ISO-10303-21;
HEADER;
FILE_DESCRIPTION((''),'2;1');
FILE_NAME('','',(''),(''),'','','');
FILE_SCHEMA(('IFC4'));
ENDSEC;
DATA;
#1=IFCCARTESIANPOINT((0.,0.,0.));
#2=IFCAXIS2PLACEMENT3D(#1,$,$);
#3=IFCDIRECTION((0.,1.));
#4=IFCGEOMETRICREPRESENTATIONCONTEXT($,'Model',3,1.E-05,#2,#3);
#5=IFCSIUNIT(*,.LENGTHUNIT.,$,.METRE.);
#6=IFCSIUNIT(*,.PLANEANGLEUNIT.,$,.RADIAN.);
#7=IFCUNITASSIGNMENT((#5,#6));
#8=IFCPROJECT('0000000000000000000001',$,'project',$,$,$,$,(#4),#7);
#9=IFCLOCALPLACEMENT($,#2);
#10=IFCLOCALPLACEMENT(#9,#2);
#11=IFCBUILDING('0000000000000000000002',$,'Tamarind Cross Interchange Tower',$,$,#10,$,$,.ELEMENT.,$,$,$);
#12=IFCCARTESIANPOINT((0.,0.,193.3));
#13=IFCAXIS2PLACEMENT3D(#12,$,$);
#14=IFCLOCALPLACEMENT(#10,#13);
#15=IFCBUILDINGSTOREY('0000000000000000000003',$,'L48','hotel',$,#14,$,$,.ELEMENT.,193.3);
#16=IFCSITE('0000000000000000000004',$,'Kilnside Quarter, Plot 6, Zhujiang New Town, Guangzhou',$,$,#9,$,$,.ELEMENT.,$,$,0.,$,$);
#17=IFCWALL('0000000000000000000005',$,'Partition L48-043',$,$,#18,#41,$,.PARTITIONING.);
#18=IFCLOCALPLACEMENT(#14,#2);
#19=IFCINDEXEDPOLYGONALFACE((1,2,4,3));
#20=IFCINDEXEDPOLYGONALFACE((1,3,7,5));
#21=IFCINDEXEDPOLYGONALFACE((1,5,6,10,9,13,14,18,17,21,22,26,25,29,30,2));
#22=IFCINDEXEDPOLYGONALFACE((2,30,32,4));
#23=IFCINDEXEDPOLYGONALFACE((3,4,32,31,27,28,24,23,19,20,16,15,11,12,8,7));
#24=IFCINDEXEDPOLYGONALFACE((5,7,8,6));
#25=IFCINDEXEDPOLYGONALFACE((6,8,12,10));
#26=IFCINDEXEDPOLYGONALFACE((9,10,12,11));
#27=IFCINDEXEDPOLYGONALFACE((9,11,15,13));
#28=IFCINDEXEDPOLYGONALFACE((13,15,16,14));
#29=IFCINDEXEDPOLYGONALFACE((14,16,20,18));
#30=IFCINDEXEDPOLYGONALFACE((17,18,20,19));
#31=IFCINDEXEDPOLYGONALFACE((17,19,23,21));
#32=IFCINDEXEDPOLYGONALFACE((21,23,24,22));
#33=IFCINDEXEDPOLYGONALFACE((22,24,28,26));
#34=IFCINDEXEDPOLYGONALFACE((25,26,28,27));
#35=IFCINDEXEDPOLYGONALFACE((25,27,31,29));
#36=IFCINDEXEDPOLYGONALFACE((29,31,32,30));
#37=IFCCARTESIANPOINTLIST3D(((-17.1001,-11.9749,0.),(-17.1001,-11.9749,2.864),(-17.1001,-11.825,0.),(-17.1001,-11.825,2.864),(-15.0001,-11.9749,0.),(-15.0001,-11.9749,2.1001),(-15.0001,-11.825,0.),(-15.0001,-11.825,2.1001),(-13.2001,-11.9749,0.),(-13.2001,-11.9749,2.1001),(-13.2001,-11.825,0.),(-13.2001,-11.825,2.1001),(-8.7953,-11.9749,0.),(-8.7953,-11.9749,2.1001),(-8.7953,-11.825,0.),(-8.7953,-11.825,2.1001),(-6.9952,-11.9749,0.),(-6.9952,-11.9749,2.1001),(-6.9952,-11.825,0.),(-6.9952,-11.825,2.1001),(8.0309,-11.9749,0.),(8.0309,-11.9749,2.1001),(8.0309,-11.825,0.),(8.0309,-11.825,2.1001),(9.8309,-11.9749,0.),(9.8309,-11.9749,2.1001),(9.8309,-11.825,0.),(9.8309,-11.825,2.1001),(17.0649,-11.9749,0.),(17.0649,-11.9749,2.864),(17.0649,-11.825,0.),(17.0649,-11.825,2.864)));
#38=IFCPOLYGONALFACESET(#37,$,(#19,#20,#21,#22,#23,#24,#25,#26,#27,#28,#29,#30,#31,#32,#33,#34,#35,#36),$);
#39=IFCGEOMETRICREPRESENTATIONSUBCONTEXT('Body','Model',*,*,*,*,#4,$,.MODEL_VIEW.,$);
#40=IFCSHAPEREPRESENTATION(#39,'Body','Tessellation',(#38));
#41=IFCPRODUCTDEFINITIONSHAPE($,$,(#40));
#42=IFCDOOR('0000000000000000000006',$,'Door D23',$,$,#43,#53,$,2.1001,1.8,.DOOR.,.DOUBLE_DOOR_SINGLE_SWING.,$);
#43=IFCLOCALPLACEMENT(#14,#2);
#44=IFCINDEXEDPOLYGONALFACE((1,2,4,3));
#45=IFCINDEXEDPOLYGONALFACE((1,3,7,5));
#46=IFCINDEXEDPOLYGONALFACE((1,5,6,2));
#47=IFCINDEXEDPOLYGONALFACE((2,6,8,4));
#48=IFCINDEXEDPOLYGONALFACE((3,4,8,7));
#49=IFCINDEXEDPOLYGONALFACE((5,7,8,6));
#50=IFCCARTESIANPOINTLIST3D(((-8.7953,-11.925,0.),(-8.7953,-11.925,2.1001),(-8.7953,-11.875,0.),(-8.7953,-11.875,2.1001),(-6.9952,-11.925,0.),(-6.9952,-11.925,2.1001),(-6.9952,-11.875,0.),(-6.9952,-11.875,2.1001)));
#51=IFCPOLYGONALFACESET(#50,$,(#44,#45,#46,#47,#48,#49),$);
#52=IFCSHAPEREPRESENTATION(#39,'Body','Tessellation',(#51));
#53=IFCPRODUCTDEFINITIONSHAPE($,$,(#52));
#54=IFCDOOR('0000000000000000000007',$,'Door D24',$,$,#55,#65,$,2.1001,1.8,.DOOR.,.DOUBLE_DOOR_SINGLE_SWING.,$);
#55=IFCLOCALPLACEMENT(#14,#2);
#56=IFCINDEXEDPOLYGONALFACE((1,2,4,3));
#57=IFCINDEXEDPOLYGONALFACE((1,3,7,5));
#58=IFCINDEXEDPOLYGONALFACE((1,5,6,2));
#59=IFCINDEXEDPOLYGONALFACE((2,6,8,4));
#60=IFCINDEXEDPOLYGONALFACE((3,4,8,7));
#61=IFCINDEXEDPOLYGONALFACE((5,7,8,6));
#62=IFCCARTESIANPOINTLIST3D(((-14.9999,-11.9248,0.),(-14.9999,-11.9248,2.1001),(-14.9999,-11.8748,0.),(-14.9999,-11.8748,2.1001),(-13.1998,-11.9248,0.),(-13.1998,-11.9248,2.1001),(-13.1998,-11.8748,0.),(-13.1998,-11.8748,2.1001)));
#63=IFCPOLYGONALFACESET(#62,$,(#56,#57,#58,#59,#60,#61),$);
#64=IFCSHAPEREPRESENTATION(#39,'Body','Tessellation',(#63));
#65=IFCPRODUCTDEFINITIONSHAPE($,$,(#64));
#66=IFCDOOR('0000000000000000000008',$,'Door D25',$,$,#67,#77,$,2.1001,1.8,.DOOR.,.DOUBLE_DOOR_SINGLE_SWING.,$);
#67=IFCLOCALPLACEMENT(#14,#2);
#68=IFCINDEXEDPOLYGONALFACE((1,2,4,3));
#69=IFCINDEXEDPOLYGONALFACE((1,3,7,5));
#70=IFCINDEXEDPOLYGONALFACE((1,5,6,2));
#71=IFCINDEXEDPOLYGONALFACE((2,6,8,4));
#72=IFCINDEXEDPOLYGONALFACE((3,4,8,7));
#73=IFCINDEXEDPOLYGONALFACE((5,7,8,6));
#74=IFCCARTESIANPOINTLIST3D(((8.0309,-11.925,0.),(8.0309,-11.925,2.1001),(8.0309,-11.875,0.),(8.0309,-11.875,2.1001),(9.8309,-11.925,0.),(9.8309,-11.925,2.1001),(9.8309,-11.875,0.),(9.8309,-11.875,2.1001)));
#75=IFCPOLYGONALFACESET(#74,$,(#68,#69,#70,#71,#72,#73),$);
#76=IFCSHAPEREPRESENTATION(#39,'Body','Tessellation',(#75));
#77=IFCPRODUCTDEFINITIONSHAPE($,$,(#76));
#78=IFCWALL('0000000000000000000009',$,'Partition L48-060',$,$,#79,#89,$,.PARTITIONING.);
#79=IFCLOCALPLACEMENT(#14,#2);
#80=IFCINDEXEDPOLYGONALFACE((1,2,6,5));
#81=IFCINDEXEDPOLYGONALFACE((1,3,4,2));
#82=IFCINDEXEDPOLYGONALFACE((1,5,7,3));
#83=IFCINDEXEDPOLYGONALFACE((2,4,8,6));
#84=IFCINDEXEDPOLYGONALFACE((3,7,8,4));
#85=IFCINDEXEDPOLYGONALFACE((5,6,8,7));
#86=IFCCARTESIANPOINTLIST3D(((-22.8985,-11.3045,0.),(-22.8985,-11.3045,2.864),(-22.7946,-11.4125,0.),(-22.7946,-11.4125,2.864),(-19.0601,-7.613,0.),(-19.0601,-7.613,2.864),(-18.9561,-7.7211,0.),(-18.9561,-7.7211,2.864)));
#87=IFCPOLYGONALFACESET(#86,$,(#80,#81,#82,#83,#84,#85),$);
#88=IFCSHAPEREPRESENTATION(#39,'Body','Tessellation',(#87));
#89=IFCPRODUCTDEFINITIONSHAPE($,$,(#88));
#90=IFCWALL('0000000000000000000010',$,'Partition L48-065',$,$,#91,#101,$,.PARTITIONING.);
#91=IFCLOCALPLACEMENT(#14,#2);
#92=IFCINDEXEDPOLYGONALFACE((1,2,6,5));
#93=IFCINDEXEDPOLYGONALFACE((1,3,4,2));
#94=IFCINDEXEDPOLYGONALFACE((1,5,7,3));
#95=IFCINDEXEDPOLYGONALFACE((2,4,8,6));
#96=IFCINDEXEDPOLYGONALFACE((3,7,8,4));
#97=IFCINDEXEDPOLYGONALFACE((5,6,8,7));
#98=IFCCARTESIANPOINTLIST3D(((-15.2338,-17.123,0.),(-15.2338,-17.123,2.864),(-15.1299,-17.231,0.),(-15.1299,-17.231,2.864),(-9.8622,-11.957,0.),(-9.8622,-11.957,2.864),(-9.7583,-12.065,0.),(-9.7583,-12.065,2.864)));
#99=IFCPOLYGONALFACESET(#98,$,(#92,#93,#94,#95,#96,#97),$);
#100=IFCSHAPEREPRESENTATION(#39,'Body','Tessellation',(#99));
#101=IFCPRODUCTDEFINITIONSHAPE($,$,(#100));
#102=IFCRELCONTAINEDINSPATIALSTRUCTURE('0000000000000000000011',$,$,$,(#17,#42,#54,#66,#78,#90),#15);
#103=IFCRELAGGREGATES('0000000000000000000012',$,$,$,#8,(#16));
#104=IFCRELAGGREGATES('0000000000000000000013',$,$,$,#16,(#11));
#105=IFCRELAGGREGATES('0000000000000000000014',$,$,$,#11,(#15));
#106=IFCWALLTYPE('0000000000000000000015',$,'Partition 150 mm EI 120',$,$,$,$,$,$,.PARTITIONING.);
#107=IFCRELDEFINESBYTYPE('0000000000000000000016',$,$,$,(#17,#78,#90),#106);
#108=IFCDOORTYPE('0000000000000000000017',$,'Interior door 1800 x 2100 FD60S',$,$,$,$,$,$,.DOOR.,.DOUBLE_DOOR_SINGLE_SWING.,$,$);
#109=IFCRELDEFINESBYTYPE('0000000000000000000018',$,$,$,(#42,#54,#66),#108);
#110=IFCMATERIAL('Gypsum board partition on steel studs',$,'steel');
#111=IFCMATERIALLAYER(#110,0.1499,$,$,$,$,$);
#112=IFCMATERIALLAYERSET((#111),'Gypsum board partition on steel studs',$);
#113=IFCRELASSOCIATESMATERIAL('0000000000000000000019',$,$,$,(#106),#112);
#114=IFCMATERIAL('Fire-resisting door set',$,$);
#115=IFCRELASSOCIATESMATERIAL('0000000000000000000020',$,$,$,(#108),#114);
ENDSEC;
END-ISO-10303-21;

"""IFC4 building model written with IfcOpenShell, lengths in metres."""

from ifc_helpers import new_model, si_unit, direction, frame, frame_2d, origin, place, context, subcontext, project, spatial, rectangle, extrude, material, layer, layer_set, type_object, element, fill, save


model = new_model("IFC4")

# Units and contexts
model_context = context("Model", 3, precision=1e-05, world=origin(), true_north=direction((0.0, 1.0)))
body_context = subcontext(model_context, "Body", "Model", "MODEL_VIEW")
ifc_project = project(units=[si_unit("LENGTHUNIT", "METRE"), si_unit("PLANEANGLEUNIT", "RADIAN")], contexts=[model_context])

# Site, building, storey
site_placement = place(None, origin())
site = spatial("IfcSite", under=ifc_project, at=site_placement, Name="Kilnside Quarter, Plot 6, Zhujiang New Town, Guangzhou", CompositionType="ELEMENT", RefElevation=0.0)
building_placement = place(site_placement, origin())
building = spatial("IfcBuilding", under=site, at=building_placement, Name="Tamarind Cross Interchange Tower", CompositionType="ELEMENT")
storey_placement = place(building_placement, frame((0.0, 0.0, 193.3)))
storey = spatial("IfcBuildingStorey", under=building, at=storey_placement, Name="L48", Description="hotel", CompositionType="ELEMENT", Elevation=193.3)

# Shared definitions
ifc_material_1 = material(Name="Gypsum board partition on steel studs", Category="steel")
ifc_layer_1 = layer(ifc_material_1, 0.1499)
ifc_layer_set_1 = layer_set([ifc_layer_1], Name="Gypsum board partition on steel studs")
wall_type_1 = type_object("IfcWallType", Name="Partition 150 mm EI 120", PredefinedType="PARTITIONING", material=ifc_layer_set_1)

# Wall, openings, doors
wall_1_placement = place(storey_placement, frame((-17.1001, -11.8999, 0.0), z_axis=(0.0, 0.0, 1.0), x_axis=(1.0, 0.0, 0.0)))
wall_1 = element("IfcWall", 1, at=wall_1_placement, inside=storey, type_object=wall_type_1, Name="Partition L48-043", PredefinedType="PARTITIONING", context=body_context, shape_type="SweptSolid", body=[
    extrude(rectangle(XDim=34.165, YDim=0.1499, at=frame_2d((17.0825, 0.0))), origin(), (0.0, 0.0, 1.0), 2.864),
])
opening_1_placement = place(wall_1_placement, frame((8.3049, 0.0, 0.0)))
opening_1 = element("IfcOpeningElement", 2, at=opening_1_placement, cuts=wall_1, PredefinedType="OPENING", context=body_context, shape_type="SweptSolid", body=[
    extrude(rectangle(XDim=1.8, YDim=2.1001, at=frame_2d((0.8999, 1.05))), frame((0.0, 0.085, 0.0), z_axis=(0.0, -1.0, 0.0), x_axis=(1.0, 0.0, 0.0)), (0.0, 0.0, 1.0), 0.1699),
])
opening_2_placement = place(wall_1_placement, frame((2.1001, 0.0, 0.0)))
opening_2 = element("IfcOpeningElement", 3, at=opening_2_placement, cuts=wall_1, PredefinedType="OPENING", context=body_context, shape_type="SweptSolid", body=[
    extrude(rectangle(XDim=1.8, YDim=2.1001, at=frame_2d((0.8999, 1.05))), frame((0.0, 0.085, 0.0), z_axis=(0.0, -1.0, 0.0), x_axis=(1.0, 0.0, 0.0)), (0.0, 0.0, 1.0), 0.1699),
])
opening_3_placement = place(wall_1_placement, frame((25.1311, 0.0, 0.0)))
opening_3 = element("IfcOpeningElement", 4, at=opening_3_placement, cuts=wall_1, PredefinedType="OPENING", context=body_context, shape_type="SweptSolid", body=[
    extrude(rectangle(XDim=1.8, YDim=2.1001, at=frame_2d((0.8999, 1.05))), frame((0.0, 0.085, 0.0), z_axis=(0.0, -1.0, 0.0), x_axis=(1.0, 0.0, 0.0)), (0.0, 0.0, 1.0), 0.1699),
])
ifc_material_2 = material(Name="Fire-resisting door set")
door_type = type_object("IfcDoorType", Name="Interior door 1800 x 2100 FD60S", OperationType="DOUBLE_DOOR_SINGLE_SWING", PredefinedType="DOOR", material=ifc_material_2)
door_1_placement = place(opening_1_placement, origin())
door_1 = element("IfcDoor", 5, at=door_1_placement, inside=storey, type_object=door_type, Name="Door D23", OperationType="DOUBLE_DOOR_SINGLE_SWING", OverallHeight=2.1001, OverallWidth=1.8, PredefinedType="DOOR", context=body_context, shape_type="SweptSolid", body=[
    extrude(rectangle(XDim=1.8, YDim=2.1001, at=frame_2d((0.8999, 1.05))), frame((0.0, 0.0249, 0.0), z_axis=(0.0, -1.0, 0.0), x_axis=(1.0, 0.0, 0.0)), (0.0, 0.0, 1.0), 0.05),
])
fill(opening_1, door_1)
door_2_placement = place(opening_2_placement, frame((1.8, 0.0, 0.0), z_axis=(0.0, 0.0, 1.0), x_axis=(-1.0, 0.0, 0.0)))
door_2 = element("IfcDoor", 6, at=door_2_placement, inside=storey, type_object=door_type, Name="Door D24", OperationType="DOUBLE_DOOR_SINGLE_SWING", OverallHeight=2.1001, OverallWidth=1.8, PredefinedType="DOOR", context=body_context, shape_type="SweptSolid", body=[
    extrude(rectangle(XDim=1.8, YDim=2.1001, at=frame_2d((0.8999, 1.05))), frame((0.0, 0.0249, 0.0), z_axis=(0.0, -1.0, 0.0), x_axis=(1.0, 0.0, 0.0)), (0.0, 0.0, 1.0), 0.05),
])
fill(opening_2, door_2)
door_3_placement = place(opening_3_placement, origin())
door_3 = element("IfcDoor", 7, at=door_3_placement, inside=storey, type_object=door_type, Name="Door D25", OperationType="DOUBLE_DOOR_SINGLE_SWING", OverallHeight=2.1001, OverallWidth=1.8, PredefinedType="DOOR", context=body_context, shape_type="SweptSolid", body=[
    extrude(rectangle(XDim=1.8, YDim=2.1001, at=frame_2d((0.8999, 1.05))), frame((0.0, 0.0249, 0.0), z_axis=(0.0, -1.0, 0.0), x_axis=(1.0, 0.0, 0.0)), (0.0, 0.0, 1.0), 0.05),
])
fill(opening_3, door_3)

# Walls
wall_2_placement = place(storey_placement, frame((-22.8464, -11.3584, 0.0), z_axis=(0.0, 0.0, 1.0), x_axis=(0.720771, 0.693173, 0.0)))
element("IfcWall", 8, at=wall_2_placement, inside=storey, type_object=wall_type_1, Name="Partition L48-060", PredefinedType="PARTITIONING", context=body_context, shape_type="SweptSolid", body=[
    extrude(rectangle(XDim=5.3254, YDim=0.1499, at=frame_2d((2.6626, 0.0))), origin(), (0.0, 0.0, 1.0), 2.864),
])
wall_3_placement = place(storey_placement, frame((-15.1819, -17.177, 0.0), z_axis=(0.0, 0.0, 1.0), x_axis=(0.720764, 0.693181, 0.0)))
element("IfcWall", 9, at=wall_3_placement, inside=storey, type_object=wall_type_1, Name="Partition L48-065", PredefinedType="PARTITIONING", context=body_context, shape_type="SweptSolid", body=[
    extrude(rectangle(XDim=7.4526, YDim=0.1499, at=frame_2d((3.7263, 0.0))), origin(), (0.0, 0.0, 1.0), 2.864),
])

save(model, "model.ifc")
